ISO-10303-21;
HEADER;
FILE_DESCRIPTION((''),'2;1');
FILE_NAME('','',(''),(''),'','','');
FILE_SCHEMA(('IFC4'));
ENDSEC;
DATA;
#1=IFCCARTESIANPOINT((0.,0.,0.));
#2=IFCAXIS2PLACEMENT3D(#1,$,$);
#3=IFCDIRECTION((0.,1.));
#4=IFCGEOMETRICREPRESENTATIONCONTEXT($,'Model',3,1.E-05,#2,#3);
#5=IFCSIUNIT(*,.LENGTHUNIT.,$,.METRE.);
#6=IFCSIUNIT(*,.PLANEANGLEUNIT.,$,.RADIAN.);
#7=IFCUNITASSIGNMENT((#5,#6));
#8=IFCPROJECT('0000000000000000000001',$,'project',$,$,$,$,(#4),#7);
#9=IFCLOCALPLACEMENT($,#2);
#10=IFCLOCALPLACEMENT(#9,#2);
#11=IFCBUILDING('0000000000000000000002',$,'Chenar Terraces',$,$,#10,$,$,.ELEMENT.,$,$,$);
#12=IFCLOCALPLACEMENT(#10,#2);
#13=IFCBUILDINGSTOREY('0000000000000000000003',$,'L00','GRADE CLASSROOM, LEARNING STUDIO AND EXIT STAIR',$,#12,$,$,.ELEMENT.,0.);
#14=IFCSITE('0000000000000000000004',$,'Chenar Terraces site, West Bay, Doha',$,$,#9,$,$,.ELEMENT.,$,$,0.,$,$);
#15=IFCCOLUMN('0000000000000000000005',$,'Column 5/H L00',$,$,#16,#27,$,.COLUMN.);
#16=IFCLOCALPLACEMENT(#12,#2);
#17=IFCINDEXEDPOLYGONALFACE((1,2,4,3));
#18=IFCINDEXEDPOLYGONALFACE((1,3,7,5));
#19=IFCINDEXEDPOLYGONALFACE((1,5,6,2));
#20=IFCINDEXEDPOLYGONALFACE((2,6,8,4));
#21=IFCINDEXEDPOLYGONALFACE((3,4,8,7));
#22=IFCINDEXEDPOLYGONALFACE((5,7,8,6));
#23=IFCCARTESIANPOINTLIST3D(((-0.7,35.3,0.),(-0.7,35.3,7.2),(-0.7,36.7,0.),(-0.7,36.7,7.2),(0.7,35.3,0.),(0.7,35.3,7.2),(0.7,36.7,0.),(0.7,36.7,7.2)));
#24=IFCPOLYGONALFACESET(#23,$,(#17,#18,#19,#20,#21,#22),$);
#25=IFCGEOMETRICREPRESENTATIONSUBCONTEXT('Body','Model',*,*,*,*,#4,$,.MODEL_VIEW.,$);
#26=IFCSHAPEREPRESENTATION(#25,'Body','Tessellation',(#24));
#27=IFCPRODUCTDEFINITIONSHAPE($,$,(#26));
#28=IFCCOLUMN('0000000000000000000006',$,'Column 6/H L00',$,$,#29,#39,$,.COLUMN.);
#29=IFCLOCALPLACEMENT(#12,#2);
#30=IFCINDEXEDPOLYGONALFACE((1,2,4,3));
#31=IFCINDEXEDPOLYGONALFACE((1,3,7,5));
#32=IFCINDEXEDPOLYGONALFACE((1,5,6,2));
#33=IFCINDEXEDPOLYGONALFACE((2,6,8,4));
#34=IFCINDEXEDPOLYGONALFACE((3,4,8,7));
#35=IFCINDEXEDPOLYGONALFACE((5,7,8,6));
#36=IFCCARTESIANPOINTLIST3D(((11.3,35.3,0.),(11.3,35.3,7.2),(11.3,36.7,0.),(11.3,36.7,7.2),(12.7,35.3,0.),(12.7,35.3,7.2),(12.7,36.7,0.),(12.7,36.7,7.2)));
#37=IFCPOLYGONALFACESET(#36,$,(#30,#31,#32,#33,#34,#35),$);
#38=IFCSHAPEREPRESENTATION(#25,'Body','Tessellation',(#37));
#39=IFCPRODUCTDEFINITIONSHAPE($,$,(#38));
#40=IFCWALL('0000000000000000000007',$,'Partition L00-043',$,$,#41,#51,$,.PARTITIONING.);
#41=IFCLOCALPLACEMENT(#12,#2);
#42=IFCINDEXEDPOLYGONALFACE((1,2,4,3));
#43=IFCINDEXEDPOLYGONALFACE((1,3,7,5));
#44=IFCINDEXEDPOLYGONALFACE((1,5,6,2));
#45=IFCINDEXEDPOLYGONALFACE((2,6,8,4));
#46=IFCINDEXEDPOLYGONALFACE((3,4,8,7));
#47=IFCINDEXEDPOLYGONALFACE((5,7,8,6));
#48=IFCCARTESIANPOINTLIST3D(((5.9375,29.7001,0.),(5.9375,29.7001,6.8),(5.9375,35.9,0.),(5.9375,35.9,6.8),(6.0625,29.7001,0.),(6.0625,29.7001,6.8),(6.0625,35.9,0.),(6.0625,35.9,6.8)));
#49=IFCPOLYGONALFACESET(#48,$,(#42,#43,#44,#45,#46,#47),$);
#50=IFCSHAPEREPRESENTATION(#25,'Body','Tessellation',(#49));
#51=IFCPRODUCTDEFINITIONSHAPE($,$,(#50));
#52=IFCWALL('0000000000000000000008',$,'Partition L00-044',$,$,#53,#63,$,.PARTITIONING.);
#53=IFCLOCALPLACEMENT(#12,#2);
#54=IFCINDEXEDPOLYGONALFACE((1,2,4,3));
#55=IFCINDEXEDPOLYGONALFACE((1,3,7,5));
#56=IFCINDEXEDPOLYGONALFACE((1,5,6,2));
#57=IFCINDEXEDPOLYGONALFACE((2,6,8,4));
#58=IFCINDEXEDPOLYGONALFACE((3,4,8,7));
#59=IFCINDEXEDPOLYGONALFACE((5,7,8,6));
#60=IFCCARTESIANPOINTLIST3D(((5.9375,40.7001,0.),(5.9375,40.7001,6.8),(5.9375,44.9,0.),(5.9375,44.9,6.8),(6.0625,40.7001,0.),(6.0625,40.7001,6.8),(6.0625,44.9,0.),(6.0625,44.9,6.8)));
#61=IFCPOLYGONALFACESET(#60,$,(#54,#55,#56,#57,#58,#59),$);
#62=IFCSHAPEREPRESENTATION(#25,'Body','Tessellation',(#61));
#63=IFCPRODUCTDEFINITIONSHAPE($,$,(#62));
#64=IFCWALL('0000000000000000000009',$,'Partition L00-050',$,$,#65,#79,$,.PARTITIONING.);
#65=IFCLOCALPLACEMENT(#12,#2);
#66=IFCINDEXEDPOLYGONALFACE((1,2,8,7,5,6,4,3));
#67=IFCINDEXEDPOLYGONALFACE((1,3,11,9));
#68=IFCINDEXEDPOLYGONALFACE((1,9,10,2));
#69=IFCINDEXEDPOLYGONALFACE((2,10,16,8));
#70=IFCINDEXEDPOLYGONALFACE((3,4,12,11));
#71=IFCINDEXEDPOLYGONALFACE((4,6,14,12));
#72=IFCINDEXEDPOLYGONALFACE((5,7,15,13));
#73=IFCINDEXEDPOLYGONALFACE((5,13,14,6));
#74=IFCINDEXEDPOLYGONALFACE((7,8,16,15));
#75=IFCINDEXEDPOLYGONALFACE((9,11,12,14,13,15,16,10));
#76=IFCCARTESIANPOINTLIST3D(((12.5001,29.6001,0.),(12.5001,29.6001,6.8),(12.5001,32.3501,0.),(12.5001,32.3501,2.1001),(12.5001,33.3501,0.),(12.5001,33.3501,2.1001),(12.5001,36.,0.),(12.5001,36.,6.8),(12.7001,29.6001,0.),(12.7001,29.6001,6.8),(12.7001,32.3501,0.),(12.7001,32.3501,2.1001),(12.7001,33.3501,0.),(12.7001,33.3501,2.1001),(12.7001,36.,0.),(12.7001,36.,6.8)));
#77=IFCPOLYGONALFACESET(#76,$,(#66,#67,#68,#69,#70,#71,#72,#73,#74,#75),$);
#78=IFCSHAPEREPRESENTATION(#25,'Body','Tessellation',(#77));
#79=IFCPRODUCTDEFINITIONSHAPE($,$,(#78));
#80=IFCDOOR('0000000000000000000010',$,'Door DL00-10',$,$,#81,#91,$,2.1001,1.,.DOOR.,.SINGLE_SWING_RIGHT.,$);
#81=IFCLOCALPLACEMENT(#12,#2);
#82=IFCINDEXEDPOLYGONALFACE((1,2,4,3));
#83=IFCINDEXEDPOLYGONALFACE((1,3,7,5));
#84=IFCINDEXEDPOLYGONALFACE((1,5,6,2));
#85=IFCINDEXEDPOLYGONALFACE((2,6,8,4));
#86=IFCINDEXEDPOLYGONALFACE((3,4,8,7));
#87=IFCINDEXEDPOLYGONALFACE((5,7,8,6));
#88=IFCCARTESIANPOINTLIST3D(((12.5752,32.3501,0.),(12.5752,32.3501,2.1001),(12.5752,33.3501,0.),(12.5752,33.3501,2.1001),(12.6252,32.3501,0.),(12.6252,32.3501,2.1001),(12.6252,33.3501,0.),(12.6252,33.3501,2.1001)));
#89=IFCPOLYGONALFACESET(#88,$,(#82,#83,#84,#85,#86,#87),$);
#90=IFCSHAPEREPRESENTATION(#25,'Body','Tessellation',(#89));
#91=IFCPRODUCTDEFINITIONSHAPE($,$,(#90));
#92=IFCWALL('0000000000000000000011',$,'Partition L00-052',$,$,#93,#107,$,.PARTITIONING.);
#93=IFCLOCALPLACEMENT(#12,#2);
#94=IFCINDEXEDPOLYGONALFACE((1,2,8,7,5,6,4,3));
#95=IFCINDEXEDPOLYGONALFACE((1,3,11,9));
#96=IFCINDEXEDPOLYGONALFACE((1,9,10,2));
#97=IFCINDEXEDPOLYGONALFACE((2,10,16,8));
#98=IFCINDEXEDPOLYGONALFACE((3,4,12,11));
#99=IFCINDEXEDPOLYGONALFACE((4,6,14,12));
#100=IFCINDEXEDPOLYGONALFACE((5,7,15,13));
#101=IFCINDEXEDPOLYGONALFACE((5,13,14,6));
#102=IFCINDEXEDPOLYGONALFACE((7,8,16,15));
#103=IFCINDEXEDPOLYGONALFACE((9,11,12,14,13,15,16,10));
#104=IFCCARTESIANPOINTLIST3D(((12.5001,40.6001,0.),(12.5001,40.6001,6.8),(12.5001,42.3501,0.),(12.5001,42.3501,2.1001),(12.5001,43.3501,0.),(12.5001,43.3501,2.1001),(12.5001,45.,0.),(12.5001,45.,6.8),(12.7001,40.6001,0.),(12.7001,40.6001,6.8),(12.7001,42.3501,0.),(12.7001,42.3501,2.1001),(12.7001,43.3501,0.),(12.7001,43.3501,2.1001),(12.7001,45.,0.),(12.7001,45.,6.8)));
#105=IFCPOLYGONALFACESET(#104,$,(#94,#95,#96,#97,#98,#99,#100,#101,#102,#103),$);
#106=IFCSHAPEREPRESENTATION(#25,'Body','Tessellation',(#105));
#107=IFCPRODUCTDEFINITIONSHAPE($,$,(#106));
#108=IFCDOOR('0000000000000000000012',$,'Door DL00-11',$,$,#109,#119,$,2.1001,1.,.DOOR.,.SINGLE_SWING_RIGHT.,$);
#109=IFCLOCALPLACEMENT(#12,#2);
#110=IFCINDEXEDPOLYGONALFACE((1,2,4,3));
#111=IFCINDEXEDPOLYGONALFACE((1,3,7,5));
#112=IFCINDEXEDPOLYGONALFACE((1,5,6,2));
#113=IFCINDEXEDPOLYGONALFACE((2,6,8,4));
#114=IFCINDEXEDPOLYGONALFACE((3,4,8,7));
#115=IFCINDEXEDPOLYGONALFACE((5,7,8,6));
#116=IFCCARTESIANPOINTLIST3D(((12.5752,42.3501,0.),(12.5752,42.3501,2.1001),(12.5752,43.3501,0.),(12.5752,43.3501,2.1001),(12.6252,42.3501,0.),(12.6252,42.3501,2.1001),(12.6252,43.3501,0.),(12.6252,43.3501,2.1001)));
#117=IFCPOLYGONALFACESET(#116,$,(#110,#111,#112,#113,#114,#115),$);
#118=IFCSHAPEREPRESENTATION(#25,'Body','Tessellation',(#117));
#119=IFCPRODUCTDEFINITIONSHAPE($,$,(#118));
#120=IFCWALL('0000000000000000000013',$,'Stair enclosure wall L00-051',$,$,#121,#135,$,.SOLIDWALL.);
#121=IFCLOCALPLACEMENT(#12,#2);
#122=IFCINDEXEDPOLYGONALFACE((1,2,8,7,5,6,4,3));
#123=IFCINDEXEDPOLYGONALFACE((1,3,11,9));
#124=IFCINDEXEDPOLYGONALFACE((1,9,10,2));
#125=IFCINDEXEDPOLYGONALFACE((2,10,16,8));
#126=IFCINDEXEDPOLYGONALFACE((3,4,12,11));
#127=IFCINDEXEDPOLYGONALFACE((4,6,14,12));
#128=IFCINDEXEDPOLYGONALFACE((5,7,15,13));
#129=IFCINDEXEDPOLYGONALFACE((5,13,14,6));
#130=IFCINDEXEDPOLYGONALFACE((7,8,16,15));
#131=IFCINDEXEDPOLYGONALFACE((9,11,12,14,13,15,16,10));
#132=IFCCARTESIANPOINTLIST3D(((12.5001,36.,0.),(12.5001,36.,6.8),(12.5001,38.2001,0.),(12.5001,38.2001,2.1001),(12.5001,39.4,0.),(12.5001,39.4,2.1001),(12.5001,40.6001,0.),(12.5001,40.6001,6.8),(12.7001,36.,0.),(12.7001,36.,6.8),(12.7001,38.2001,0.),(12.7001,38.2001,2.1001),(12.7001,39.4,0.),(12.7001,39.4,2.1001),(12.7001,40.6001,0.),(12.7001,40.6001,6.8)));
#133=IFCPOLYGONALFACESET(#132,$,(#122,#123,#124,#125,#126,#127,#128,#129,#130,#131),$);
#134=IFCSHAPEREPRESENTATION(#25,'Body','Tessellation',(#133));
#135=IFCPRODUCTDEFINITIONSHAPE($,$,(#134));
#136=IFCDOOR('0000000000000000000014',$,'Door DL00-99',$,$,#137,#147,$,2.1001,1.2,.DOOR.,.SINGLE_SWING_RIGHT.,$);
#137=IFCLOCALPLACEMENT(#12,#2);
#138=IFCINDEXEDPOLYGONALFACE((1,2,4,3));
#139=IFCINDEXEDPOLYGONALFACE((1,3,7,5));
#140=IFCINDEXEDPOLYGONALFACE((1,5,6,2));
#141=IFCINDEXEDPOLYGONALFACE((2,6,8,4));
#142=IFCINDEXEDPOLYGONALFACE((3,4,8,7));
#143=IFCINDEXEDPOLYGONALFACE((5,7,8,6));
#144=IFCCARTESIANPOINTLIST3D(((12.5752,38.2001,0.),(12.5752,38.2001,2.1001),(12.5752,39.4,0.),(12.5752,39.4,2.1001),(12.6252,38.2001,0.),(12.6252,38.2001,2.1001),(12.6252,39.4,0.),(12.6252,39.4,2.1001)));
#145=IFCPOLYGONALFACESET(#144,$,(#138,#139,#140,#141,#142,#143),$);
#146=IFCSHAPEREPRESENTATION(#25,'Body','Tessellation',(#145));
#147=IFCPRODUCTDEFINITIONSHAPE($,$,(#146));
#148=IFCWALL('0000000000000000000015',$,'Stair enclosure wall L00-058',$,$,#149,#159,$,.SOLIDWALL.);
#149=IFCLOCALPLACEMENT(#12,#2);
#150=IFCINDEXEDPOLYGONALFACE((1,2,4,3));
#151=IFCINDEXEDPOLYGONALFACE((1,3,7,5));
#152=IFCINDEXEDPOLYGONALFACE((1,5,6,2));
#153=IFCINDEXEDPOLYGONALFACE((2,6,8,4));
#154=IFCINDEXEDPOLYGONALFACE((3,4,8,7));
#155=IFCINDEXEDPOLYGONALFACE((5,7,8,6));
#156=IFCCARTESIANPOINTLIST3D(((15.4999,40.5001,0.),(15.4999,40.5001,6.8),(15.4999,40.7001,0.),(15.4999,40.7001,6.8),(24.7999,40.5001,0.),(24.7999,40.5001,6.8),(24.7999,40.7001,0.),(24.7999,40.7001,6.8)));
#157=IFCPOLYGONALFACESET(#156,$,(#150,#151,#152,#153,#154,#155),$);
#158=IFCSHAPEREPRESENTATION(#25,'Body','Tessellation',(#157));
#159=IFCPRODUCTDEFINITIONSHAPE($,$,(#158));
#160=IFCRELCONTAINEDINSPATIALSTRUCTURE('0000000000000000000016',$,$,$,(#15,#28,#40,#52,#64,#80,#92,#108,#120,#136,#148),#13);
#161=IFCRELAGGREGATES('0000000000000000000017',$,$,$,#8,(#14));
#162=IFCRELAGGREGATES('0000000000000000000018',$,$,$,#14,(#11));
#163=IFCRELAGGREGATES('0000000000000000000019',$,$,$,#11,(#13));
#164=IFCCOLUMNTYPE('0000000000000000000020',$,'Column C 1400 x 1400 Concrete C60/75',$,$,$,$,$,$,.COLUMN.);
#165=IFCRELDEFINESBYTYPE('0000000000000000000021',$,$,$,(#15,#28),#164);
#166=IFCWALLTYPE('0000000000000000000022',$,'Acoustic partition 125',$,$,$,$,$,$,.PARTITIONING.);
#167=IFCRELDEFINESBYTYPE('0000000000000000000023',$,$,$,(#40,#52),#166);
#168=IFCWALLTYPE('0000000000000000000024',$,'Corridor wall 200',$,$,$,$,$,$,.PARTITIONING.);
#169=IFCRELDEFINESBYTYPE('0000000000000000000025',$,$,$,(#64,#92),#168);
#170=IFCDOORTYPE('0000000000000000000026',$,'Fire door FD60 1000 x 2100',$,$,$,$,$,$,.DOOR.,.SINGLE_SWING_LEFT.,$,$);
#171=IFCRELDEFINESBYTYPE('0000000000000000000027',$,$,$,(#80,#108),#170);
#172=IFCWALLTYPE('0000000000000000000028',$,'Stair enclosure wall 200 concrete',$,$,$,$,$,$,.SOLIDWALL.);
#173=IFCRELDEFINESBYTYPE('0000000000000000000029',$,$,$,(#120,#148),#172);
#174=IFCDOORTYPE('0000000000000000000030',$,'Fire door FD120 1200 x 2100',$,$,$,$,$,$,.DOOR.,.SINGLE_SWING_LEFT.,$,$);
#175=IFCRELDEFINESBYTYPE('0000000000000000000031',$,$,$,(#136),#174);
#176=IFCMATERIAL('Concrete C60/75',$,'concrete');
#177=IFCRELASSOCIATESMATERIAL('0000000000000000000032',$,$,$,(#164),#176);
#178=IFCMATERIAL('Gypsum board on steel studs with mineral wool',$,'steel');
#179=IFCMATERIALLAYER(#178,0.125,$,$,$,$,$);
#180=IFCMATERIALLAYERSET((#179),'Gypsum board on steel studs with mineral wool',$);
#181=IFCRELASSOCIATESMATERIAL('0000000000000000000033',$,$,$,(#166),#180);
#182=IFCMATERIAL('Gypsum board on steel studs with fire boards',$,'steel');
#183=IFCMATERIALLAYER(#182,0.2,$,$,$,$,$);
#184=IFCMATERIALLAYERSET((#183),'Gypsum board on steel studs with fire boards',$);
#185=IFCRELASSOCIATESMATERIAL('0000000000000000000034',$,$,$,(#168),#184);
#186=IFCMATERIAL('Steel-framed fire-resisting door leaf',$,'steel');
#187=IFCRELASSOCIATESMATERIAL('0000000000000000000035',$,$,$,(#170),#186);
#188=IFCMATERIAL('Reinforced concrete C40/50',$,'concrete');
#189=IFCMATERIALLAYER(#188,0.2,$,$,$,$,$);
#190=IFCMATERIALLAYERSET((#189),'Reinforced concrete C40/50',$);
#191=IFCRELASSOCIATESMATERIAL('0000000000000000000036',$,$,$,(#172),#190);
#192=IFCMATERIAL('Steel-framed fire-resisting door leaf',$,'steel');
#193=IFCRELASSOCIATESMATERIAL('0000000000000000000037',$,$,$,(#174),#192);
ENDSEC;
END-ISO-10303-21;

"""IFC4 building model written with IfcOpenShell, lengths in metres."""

from ifc_helpers import new_model, si_unit, direction, frame, frame_2d, origin, origin_2d, place, context, subcontext, project, spatial, rectangle, extrude, material, layer, layer_set, material_profile, profile_set, type_object, element, fill, save


model = new_model("IFC4")

# Units and contexts
model_context = context("Model", 3, precision=1e-05, world=origin(), true_north=direction((0.0, 1.0)))
body_context = subcontext(model_context, "Body", "Model", "MODEL_VIEW")
ifc_project = project(units=[si_unit("LENGTHUNIT", "METRE"), si_unit("PLANEANGLEUNIT", "RADIAN")], contexts=[model_context])

# Site, building, storey
site_placement = place(None, origin())
site = spatial("IfcSite", under=ifc_project, at=site_placement, Name="Chenar Terraces site, West Bay, Doha", CompositionType="ELEMENT", RefElevation=0.0)
building_placement = place(site_placement, origin())
building = spatial("IfcBuilding", under=site, at=building_placement, Name="Chenar Terraces", CompositionType="ELEMENT")
storey_placement = place(building_placement, origin())
storey = spatial("IfcBuildingStorey", under=building, at=storey_placement, Name="L00", Description="GRADE CLASSROOM, LEARNING STUDIO AND EXIT STAIR", CompositionType="ELEMENT", Elevation=0.0)

# Columns
ifc_material_1 = material(Name="Concrete C60/75", Category="concrete")
ifc_material_profile = material_profile(ifc_material_1, rectangle(XDim=1.3999, YDim=1.3999, at=origin_2d()), Name="C 1400 x 1400")
ifc_profile_set = profile_set([ifc_material_profile], Name="Concrete C60/75")
column_type = type_object("IfcColumnType", Name="Column C 1400 x 1400 Concrete C60/75", PredefinedType="COLUMN", material=ifc_profile_set)
for number, where, z_axis, x_axis, name in (
    (1, (0.0, 36.0, 0.0), (0.0, 0.0, 1.0), (1.0, 0.0, 0.0), "Column 5/H L00"),
    (2, (12.0, 36.0, 0.0), (0.0, 0.0, 1.0), (1.0, 0.0, 0.0), "Column 6/H L00"),
):
    element("IfcColumn", number, at=place(storey_placement, frame(where, z_axis=z_axis, x_axis=x_axis)), inside=storey, type_object=column_type, Name=name, PredefinedType="COLUMN", context=body_context, shape_type="SweptSolid", body=[
        extrude(rectangle(XDim=1.3999, YDim=1.3999, at=origin_2d()), origin(), (0.0, 0.0, 1.0), 7.2),
    ])

# Walls
ifc_material_2 = material(Name="Gypsum board on steel studs with mineral wool", Category="steel")
ifc_layer_1 = layer(ifc_material_2, 0.125)
ifc_layer_set_1 = layer_set([ifc_layer_1], Name="Gypsum board on steel studs with mineral wool")
wall_type_1 = type_object("IfcWallType", Name="Acoustic partition 125", PredefinedType="PARTITIONING", material=ifc_layer_set_1)
wall_1_placement = place(storey_placement, frame((6.0, 29.7, 0.0), z_axis=(0.0, 0.0, 1.0), x_axis=(0.0, 1.0, 0.0)))
element("IfcWall", 3, at=wall_1_placement, inside=storey, type_object=wall_type_1, Name="Partition L00-043", PredefinedType="PARTITIONING", context=body_context, shape_type="SweptSolid", body=[
    extrude(rectangle(XDim=6.2, YDim=0.125, at=frame_2d((3.1001, 0.0))), origin(), (0.0, 0.0, 1.0), 6.8),
])
wall_2_placement = place(storey_placement, frame((6.0, 40.7, 0.0), z_axis=(0.0, 0.0, 1.0), x_axis=(0.0, 1.0, 0.0)))
element("IfcWall", 4, at=wall_2_placement, inside=storey, type_object=wall_type_1, Name="Partition L00-044", PredefinedType="PARTITIONING", context=body_context, shape_type="SweptSolid", body=[
    extrude(rectangle(XDim=4.2, YDim=0.125, at=frame_2d((2.1001, 0.0))), origin(), (0.0, 0.0, 1.0), 6.8),
])

# Walls, openings, doors
ifc_material_3 = material(Name="Gypsum board on steel studs with fire boards", Category="steel")
ifc_layer_2 = layer(ifc_material_3, 0.2)
ifc_layer_set_2 = layer_set([ifc_layer_2], Name="Gypsum board on steel studs with fire boards")
wall_type_2 = type_object("IfcWallType", Name="Corridor wall 200", PredefinedType="PARTITIONING", material=ifc_layer_set_2)
wall_3_placement = place(storey_placement, frame((12.6001, 29.6001, 0.0), z_axis=(0.0, 0.0, 1.0), x_axis=(0.0, 1.0, 0.0)))
wall_3 = element("IfcWall", 5, at=wall_3_placement, inside=storey, type_object=wall_type_2, Name="Partition L00-050", PredefinedType="PARTITIONING", context=body_context, shape_type="SweptSolid", body=[
    extrude(rectangle(XDim=6.3999, YDim=0.2, at=frame_2d((3.2, 0.0))), origin(), (0.0, 0.0, 1.0), 6.8),
])
opening_1_placement = place(wall_3_placement, frame((2.75, 0.0, 0.0)))
opening_1 = element("IfcOpeningElement", 6, at=opening_1_placement, cuts=wall_3, PredefinedType="OPENING", context=body_context, shape_type="SweptSolid", body=[
    extrude(rectangle(XDim=1.0, YDim=2.1001, at=frame_2d((0.5, 1.05))), frame((0.0, 0.1099, 0.0), z_axis=(0.0, -1.0, 0.0), x_axis=(1.0, 0.0, 0.0)), (0.0, 0.0, 1.0), 0.22),
])
ifc_material_4 = material(Name="Steel-framed fire-resisting door leaf", Category="steel")
door_type_1 = type_object("IfcDoorType", Name="Fire door FD60 1000 x 2100", OperationType="SINGLE_SWING_LEFT", PredefinedType="DOOR", material=ifc_material_4)
door_1_placement = place(opening_1_placement, origin())
door_1 = element("IfcDoor", 7, at=door_1_placement, inside=storey, type_object=door_type_1, Name="Door DL00-10", OperationType="SINGLE_SWING_RIGHT", OverallHeight=2.1001, OverallWidth=1.0, PredefinedType="DOOR", context=body_context, shape_type="SweptSolid", body=[
    extrude(rectangle(XDim=1.0, YDim=2.1001, at=frame_2d((0.5, 1.05))), frame((0.0, 0.0249, 0.0), z_axis=(0.0, -1.0, 0.0), x_axis=(1.0, 0.0, 0.0)), (0.0, 0.0, 1.0), 0.05),
])
fill(opening_1, door_1)
wall_4_placement = place(storey_placement, frame((12.6001, 40.6001, 0.0), z_axis=(0.0, 0.0, 1.0), x_axis=(0.0, 1.0, 0.0)))
wall_4 = element("IfcWall", 8, at=wall_4_placement, inside=storey, type_object=wall_type_2, Name="Partition L00-052", PredefinedType="PARTITIONING", context=body_context, shape_type="SweptSolid", body=[
    extrude(rectangle(XDim=4.3999, YDim=0.2, at=frame_2d((2.2, 0.0))), origin(), (0.0, 0.0, 1.0), 6.8),
])
opening_2_placement = place(wall_4_placement, frame((1.75, 0.0, 0.0)))
opening_2 = element("IfcOpeningElement", 9, at=opening_2_placement, cuts=wall_4, PredefinedType="OPENING", context=body_context, shape_type="SweptSolid", body=[
    extrude(rectangle(XDim=1.0, YDim=2.1001, at=frame_2d((0.5, 1.05))), frame((0.0, 0.1099, 0.0), z_axis=(0.0, -1.0, 0.0), x_axis=(1.0, 0.0, 0.0)), (0.0, 0.0, 1.0), 0.22),
])
door_2_placement = place(opening_2_placement, origin())
door_2 = element("IfcDoor", 10, at=door_2_placement, inside=storey, type_object=door_type_1, Name="Door DL00-11", OperationType="SINGLE_SWING_RIGHT", OverallHeight=2.1001, OverallWidth=1.0, PredefinedType="DOOR", context=body_context, shape_type="SweptSolid", body=[
    extrude(rectangle(XDim=1.0, YDim=2.1001, at=frame_2d((0.5, 1.05))), frame((0.0, 0.0249, 0.0), z_axis=(0.0, -1.0, 0.0), x_axis=(1.0, 0.0, 0.0)), (0.0, 0.0, 1.0), 0.05),
])
fill(opening_2, door_2)
ifc_material_5 = material(Name="Reinforced concrete C40/50", Category="concrete")
ifc_layer_3 = layer(ifc_material_5, 0.2)
ifc_layer_set_3 = layer_set([ifc_layer_3], Name="Reinforced concrete C40/50")
wall_type_3 = type_object("IfcWallType", Name="Stair enclosure wall 200 concrete", PredefinedType="SOLIDWALL", material=ifc_layer_set_3)
wall_5_placement = place(storey_placement, frame((12.6001, 36.0, 0.0), z_axis=(0.0, 0.0, 1.0), x_axis=(0.0, 1.0, 0.0)))
wall_5 = element("IfcWall", 11, at=wall_5_placement, inside=storey, type_object=wall_type_3, Name="Stair enclosure wall L00-051", PredefinedType="SOLIDWALL", context=body_context, shape_type="SweptSolid", body=[
    extrude(rectangle(XDim=4.6001, YDim=0.2, at=frame_2d((2.3, 0.0))), origin(), (0.0, 0.0, 1.0), 6.8),
])
opening_3_placement = place(wall_5_placement, frame((2.2, 0.0, 0.0)))
opening_3 = element("IfcOpeningElement", 12, at=opening_3_placement, cuts=wall_5, PredefinedType="OPENING", context=body_context, shape_type="SweptSolid", body=[
    extrude(rectangle(XDim=1.2, YDim=2.1001, at=frame_2d((0.6001, 1.05))), frame((0.0, 0.1099, 0.0), z_axis=(0.0, -1.0, 0.0), x_axis=(1.0, 0.0, 0.0)), (0.0, 0.0, 1.0), 0.22),
])
ifc_material_6 = material(Name="Steel-framed fire-resisting door leaf", Category="steel")
door_type_2 = type_object("IfcDoorType", Name="Fire door FD120 1200 x 2100", OperationType="SINGLE_SWING_LEFT", PredefinedType="DOOR", material=ifc_material_6)
door_3_placement = place(opening_3_placement, origin())
door_3 = element("IfcDoor", 13, at=door_3_placement, inside=storey, type_object=door_type_2, Name="Door DL00-99", OperationType="SINGLE_SWING_RIGHT", OverallHeight=2.1001, OverallWidth=1.2, PredefinedType="DOOR", context=body_context, shape_type="SweptSolid", body=[
    extrude(rectangle(XDim=1.2, YDim=2.1001, at=frame_2d((0.6001, 1.05))), frame((0.0, 0.0249, 0.0), z_axis=(0.0, -1.0, 0.0), x_axis=(1.0, 0.0, 0.0)), (0.0, 0.0, 1.0), 0.05),
])
fill(opening_3, door_3)

# Wall
wall_6_placement = place(storey_placement, frame((15.5, 40.6001, 0.0), z_axis=(0.0, 0.0, 1.0), x_axis=(1.0, 0.0, 0.0)))
element("IfcWall", 14, at=wall_6_placement, inside=storey, type_object=wall_type_3, Name="Stair enclosure wall L00-058", PredefinedType="SOLIDWALL", context=body_context, shape_type="SweptSolid", body=[
    extrude(rectangle(XDim=9.3, YDim=0.2, at=frame_2d((4.6499, 0.0))), origin(), (0.0, 0.0, 1.0), 6.8),
])

save(model, "model.ifc")
